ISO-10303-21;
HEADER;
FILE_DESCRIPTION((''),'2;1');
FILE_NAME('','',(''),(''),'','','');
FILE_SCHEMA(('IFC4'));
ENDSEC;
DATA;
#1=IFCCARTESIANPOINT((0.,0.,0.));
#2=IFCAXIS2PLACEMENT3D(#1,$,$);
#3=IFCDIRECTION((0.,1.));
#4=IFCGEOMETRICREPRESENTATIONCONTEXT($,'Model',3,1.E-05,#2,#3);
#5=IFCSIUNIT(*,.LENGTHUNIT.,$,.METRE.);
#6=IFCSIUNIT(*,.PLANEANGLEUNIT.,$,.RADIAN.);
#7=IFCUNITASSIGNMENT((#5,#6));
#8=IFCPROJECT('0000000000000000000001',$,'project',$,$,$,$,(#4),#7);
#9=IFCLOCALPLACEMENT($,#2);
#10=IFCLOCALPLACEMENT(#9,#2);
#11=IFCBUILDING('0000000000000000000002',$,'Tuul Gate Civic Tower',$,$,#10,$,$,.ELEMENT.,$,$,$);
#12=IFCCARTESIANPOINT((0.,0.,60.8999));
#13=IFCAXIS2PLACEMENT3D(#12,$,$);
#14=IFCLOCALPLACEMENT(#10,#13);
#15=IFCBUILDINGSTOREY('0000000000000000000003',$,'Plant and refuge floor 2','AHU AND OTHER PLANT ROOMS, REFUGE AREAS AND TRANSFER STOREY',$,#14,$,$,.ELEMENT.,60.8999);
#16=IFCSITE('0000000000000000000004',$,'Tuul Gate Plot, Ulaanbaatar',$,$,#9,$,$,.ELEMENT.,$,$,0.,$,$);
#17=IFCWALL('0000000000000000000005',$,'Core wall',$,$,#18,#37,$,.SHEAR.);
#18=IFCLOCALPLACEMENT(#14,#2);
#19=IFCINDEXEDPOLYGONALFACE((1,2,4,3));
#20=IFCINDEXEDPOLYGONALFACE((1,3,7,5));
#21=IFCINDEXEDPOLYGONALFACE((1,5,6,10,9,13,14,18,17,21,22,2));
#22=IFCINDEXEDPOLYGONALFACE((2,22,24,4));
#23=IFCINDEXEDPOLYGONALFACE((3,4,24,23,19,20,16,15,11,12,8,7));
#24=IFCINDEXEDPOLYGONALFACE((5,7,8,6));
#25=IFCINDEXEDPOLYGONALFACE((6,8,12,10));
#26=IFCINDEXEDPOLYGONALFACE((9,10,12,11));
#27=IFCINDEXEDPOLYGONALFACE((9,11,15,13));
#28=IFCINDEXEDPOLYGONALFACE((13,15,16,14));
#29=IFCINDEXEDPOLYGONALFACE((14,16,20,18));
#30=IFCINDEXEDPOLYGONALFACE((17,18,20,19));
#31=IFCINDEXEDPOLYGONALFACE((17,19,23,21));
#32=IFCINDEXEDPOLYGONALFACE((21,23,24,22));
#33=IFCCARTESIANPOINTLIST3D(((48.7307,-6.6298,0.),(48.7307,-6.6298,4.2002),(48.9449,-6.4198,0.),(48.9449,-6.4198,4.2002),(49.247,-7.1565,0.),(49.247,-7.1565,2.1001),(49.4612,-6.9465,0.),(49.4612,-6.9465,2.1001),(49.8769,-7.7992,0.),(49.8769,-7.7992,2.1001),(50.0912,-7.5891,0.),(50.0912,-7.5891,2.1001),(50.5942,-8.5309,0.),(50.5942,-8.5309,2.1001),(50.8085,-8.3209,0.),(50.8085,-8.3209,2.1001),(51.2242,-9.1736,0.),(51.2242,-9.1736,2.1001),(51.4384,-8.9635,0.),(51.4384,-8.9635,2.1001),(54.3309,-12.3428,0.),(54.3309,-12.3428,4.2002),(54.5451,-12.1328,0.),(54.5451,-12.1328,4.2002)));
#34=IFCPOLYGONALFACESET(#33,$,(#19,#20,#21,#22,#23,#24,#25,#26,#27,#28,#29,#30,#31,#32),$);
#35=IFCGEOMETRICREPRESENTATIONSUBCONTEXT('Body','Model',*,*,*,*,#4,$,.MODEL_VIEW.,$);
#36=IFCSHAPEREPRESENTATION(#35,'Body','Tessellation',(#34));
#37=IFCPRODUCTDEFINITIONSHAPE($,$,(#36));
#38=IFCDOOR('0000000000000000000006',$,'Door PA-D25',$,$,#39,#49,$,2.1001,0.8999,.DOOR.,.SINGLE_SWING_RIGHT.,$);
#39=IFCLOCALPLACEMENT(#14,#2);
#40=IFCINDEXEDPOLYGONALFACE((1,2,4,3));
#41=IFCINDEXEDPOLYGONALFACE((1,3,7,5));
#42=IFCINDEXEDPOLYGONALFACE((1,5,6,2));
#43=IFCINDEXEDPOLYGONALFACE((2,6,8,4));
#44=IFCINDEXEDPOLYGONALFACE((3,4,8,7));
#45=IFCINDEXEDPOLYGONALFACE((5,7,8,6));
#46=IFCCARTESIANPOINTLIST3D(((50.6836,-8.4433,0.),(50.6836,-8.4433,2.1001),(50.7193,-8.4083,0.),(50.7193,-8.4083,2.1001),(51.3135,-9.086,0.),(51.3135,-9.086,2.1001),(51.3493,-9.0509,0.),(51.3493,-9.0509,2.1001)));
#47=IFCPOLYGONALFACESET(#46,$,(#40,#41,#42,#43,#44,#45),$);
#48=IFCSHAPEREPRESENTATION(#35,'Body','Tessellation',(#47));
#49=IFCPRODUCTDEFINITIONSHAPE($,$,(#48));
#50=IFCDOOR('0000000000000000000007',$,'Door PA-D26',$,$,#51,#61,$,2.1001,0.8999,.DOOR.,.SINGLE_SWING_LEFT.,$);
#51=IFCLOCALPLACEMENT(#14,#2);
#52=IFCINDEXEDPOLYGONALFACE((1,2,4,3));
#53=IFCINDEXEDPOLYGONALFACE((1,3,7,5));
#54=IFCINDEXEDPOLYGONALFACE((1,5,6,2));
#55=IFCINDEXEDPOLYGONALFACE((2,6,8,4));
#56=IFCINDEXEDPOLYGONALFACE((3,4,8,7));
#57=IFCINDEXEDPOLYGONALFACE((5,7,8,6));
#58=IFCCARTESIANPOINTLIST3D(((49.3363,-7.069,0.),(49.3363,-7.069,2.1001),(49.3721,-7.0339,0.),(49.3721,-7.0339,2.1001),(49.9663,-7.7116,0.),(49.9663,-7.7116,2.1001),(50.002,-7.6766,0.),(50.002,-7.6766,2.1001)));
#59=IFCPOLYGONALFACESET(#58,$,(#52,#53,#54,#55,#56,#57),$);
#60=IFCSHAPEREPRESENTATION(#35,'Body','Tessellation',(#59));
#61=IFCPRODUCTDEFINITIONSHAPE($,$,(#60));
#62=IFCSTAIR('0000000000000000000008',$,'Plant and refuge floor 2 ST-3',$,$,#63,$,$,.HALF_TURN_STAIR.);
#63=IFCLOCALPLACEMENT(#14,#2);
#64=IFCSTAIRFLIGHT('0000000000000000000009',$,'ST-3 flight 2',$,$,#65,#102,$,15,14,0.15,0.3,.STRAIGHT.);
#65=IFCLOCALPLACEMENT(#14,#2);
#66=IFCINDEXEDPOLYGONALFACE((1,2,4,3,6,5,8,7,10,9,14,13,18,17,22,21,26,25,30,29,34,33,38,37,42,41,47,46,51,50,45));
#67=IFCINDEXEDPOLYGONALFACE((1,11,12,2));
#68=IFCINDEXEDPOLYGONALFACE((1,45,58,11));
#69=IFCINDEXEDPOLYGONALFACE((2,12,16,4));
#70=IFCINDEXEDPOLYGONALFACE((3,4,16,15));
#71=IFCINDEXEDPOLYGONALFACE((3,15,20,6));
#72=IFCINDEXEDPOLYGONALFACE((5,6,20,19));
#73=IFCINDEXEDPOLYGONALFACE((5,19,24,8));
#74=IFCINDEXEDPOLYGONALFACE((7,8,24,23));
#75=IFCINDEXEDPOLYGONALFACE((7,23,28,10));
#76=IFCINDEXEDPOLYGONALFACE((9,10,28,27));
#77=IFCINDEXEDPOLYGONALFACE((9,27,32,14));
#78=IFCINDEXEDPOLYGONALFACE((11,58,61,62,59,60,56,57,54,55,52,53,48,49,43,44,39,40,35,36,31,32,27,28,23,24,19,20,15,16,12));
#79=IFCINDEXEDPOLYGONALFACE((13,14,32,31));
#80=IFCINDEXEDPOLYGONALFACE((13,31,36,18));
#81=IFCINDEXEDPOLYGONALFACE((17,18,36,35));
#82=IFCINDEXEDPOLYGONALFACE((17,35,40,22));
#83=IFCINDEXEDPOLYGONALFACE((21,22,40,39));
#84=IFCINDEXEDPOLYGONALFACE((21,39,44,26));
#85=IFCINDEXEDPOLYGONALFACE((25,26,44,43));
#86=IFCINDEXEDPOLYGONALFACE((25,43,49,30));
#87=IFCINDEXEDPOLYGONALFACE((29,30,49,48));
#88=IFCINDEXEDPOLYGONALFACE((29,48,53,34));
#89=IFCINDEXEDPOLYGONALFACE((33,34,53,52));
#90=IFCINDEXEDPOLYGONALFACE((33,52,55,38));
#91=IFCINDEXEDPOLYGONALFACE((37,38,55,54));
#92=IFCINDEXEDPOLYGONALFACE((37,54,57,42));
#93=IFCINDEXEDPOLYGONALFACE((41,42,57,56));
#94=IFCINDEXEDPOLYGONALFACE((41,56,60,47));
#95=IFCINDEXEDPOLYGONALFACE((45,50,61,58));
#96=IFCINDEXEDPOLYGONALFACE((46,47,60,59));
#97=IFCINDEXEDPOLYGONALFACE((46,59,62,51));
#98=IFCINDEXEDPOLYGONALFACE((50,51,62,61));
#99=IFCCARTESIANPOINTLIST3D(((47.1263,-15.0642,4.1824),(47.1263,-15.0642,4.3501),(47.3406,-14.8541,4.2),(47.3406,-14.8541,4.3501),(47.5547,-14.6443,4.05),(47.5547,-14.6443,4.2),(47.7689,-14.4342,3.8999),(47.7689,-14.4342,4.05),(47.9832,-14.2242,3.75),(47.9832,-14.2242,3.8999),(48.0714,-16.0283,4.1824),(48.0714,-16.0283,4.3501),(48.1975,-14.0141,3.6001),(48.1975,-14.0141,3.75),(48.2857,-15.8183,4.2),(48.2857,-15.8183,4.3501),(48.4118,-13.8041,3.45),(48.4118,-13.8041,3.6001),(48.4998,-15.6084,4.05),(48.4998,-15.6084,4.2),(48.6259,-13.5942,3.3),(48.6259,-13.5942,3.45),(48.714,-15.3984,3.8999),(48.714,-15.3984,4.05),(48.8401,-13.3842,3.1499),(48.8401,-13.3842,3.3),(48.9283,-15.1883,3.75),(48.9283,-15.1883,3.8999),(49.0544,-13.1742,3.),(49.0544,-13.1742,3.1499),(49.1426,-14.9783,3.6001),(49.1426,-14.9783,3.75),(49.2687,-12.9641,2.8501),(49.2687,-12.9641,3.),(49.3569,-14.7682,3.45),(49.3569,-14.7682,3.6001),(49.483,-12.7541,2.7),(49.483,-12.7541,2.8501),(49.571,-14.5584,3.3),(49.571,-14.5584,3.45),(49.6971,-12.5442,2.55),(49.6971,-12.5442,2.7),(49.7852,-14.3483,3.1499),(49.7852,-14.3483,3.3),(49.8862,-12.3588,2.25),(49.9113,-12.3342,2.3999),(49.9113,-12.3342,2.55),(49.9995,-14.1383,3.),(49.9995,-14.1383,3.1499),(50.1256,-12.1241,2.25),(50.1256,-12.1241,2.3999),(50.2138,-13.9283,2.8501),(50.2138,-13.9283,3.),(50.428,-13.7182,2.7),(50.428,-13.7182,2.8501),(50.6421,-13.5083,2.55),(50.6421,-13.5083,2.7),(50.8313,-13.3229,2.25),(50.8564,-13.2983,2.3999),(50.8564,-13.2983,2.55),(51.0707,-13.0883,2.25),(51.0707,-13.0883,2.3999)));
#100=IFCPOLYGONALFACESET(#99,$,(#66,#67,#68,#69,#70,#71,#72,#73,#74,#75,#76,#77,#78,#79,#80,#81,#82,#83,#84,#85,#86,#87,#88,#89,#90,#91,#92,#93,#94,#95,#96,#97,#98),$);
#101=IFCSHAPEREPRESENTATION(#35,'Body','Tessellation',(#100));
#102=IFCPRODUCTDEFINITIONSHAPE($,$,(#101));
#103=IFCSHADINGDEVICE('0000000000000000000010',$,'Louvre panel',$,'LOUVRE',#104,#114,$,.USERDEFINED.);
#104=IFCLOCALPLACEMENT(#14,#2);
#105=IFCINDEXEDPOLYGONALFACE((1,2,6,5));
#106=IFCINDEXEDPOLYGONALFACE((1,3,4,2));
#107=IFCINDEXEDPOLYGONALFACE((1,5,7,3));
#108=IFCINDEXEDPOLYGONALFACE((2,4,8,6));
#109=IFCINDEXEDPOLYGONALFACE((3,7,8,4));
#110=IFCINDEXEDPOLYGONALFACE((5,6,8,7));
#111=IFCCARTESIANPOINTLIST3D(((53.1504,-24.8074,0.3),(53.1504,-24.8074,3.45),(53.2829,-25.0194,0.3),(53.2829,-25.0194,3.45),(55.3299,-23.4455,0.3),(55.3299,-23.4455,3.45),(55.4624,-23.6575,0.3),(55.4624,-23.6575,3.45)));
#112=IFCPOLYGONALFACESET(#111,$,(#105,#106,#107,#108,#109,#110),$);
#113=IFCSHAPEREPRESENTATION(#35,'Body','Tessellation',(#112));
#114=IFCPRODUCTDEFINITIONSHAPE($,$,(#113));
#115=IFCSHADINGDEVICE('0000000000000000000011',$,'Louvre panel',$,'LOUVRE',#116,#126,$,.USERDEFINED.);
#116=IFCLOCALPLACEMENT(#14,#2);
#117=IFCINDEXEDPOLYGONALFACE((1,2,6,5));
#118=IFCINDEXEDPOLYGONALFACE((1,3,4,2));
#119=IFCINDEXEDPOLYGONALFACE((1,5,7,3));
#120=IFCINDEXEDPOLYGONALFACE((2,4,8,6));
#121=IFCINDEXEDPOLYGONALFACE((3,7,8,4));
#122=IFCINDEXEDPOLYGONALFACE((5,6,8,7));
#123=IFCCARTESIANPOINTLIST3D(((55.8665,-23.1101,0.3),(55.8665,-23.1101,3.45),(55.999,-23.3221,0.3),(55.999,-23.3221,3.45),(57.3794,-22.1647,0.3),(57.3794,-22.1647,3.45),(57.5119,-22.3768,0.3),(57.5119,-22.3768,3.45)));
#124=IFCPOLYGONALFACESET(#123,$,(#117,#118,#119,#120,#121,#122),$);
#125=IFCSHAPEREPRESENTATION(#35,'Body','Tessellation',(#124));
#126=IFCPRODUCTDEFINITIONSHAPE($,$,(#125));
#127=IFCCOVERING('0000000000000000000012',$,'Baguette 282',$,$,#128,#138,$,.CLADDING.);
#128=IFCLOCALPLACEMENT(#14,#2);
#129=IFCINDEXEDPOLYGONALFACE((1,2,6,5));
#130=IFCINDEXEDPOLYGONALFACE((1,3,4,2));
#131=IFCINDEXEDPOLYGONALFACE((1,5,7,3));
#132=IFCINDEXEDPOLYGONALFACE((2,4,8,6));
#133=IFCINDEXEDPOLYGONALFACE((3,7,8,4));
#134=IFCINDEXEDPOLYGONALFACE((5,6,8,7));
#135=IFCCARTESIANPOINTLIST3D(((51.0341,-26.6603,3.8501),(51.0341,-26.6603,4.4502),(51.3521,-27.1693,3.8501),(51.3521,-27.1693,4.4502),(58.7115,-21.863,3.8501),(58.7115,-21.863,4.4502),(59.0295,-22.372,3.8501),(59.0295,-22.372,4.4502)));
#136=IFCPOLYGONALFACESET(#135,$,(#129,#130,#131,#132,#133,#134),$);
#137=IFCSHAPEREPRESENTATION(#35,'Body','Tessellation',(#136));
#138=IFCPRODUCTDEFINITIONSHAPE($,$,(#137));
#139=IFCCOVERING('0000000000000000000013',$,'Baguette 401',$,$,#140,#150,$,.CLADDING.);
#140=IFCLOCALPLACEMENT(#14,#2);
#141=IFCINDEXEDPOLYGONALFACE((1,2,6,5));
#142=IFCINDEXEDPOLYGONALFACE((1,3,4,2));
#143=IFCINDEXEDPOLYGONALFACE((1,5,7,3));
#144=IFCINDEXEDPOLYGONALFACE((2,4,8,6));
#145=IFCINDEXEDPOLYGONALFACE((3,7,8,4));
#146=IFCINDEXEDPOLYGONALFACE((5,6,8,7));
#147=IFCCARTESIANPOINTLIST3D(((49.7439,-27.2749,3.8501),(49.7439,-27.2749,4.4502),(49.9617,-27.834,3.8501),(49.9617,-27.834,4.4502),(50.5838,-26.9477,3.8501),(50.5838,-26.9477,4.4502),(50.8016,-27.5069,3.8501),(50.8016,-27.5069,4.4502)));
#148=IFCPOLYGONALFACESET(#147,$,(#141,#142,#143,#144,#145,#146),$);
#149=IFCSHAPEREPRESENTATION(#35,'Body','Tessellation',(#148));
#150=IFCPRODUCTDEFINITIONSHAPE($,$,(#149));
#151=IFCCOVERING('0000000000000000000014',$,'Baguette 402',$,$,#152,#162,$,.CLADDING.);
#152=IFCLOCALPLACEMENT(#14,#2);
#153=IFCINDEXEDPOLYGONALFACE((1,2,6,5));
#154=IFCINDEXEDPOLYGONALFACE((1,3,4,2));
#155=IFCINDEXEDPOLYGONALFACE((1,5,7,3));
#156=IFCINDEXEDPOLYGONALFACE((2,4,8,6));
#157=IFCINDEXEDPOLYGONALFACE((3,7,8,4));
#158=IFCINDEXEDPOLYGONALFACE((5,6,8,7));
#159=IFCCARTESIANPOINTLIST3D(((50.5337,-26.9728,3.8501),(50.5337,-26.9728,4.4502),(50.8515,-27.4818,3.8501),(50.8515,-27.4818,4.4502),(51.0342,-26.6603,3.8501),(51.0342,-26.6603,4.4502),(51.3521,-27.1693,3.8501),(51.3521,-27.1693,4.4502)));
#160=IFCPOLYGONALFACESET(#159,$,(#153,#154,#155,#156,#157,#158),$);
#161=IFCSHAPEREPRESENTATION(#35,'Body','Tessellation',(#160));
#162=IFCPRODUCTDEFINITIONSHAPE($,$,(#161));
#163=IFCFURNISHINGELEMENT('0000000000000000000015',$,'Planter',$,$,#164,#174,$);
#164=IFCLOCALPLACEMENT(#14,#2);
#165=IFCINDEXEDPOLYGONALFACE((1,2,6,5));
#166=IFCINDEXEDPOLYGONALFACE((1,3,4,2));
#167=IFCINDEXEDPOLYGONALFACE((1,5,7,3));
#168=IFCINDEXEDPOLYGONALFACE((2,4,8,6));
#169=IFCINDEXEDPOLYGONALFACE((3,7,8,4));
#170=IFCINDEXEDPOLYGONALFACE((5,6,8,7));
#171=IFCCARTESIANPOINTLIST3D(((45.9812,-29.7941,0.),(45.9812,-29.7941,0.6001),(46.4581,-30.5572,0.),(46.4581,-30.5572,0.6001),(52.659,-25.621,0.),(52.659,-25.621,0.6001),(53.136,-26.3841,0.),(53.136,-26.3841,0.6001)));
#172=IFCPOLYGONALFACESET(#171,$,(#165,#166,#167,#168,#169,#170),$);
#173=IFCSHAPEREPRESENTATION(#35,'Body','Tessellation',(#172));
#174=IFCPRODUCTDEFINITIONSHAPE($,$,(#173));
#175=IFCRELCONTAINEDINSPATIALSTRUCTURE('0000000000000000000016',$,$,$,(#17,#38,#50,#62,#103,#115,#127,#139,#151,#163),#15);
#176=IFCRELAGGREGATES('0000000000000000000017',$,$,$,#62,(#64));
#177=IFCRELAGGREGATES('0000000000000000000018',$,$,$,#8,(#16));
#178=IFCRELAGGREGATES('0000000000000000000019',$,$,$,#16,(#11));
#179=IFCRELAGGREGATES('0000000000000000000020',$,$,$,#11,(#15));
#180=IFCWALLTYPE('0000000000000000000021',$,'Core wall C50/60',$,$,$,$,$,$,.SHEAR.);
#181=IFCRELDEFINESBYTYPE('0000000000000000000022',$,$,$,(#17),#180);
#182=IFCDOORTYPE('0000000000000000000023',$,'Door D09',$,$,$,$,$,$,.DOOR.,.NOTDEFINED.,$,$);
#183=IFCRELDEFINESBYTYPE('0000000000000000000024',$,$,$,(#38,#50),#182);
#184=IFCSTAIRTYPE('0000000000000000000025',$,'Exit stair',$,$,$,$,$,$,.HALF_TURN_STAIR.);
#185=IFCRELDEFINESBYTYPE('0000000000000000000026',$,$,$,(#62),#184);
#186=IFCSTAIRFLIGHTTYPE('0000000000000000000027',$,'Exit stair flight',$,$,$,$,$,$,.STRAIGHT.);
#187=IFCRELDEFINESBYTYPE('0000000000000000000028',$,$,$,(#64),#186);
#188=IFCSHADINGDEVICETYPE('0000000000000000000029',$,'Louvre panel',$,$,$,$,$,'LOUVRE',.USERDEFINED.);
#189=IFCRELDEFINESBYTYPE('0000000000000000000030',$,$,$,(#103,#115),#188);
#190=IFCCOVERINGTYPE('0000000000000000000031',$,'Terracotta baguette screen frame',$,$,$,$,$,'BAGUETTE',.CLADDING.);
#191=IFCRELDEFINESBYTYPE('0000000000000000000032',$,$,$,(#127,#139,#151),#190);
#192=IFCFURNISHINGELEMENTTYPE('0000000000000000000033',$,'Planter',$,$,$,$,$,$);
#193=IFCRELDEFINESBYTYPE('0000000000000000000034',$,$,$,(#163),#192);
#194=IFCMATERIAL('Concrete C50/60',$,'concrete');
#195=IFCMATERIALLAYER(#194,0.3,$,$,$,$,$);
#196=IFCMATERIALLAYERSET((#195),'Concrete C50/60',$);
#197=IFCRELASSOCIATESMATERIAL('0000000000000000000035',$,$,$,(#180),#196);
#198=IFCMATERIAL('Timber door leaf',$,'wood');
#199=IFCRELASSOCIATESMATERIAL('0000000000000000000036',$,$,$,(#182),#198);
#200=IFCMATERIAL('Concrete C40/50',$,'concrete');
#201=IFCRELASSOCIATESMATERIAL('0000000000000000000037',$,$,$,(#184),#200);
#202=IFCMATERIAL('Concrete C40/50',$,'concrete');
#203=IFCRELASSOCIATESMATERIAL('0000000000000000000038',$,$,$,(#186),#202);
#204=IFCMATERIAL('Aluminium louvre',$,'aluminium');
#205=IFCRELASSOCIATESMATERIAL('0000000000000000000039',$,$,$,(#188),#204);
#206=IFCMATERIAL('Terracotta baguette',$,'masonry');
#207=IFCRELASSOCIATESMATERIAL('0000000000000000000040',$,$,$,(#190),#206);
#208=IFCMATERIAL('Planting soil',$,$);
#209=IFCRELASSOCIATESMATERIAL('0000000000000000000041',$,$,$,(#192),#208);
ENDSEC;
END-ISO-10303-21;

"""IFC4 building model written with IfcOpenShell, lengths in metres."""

from ifc_helpers import new_model, si_unit, direction, frame, frame_2d, origin, origin_2d, place, context, subcontext, project, spatial, polyline, rectangle, outline, extrude, material, layer, layer_set, material_profile, profile_set, type_object, element, fill, aggregate, save


model = new_model("IFC4")

# Units and contexts
model_context = context("Model", 3, precision=1e-05, world=origin(), true_north=direction((0.0, 1.0)))
body_context = subcontext(model_context, "Body", "Model", "MODEL_VIEW")
ifc_project = project(units=[si_unit("LENGTHUNIT", "METRE"), si_unit("PLANEANGLEUNIT", "RADIAN")], contexts=[model_context])

# Site, building, storey
site_placement = place(None, origin())
site = spatial("IfcSite", under=ifc_project, at=site_placement, Name="Tuul Gate Plot, Ulaanbaatar", CompositionType="ELEMENT", RefElevation=0.0)
building_placement = place(site_placement, origin())
building = spatial("IfcBuilding", under=site, at=building_placement, Name="Tuul Gate Civic Tower", CompositionType="ELEMENT")
storey_placement = place(building_placement, frame((0.0, 0.0, 60.8999)))
storey = spatial("IfcBuildingStorey", under=building, at=storey_placement, Name="Plant and refuge floor 2", Description="AHU AND OTHER PLANT ROOMS, REFUGE AREAS AND TRANSFER STOREY", CompositionType="ELEMENT", Elevation=60.8999)

# Wall, openings, doors
ifc_material_1 = material(Name="Concrete C50/60", Category="concrete")
ifc_layer_1 = layer(ifc_material_1, 0.3)
ifc_layer_set_1 = layer_set([ifc_layer_1], Name="Concrete C50/60")
wall_type_1 = type_object("IfcWallType", Name="Core wall C50/60", PredefinedType="SHEAR", material=ifc_layer_set_1)
wall_1_placement = place(storey_placement, frame((54.438, -12.2378, 0.0), z_axis=(0.0, 0.0, 1.0), x_axis=(-0.700022, 0.714121, 0.0)))
wall_1 = element("IfcWall", 1, at=wall_1_placement, inside=storey, type_object=wall_type_1, Name="Core wall", PredefinedType="SHEAR", context=body_context, shape_type="SweptSolid", body=[
    extrude(rectangle(XDim=8.0, YDim=0.3, at=frame_2d((4.0, 0.0))), origin(), (0.0, 0.0, 1.0), 4.2002),
])
opening_1_placement = place(wall_1_placement, frame((4.438, 0.0, 0.0)))
opening_1 = element("IfcOpeningElement", 2, at=opening_1_placement, cuts=wall_1, PredefinedType="OPENING", context=body_context, shape_type="SweptSolid", body=[
    extrude(rectangle(XDim=0.8999, YDim=2.1001, at=frame_2d((0.45, 1.05))), frame((0.0, 0.1602, 0.0), z_axis=(0.0, -1.0, 0.0), x_axis=(1.0, 0.0, 0.0)), (0.0, 0.0, 1.0), 0.3201),
])
opening_2_placement = place(wall_1_placement, frame((6.3625, 0.0, 0.0)))
opening_2 = element("IfcOpeningElement", 3, at=opening_2_placement, cuts=wall_1, PredefinedType="OPENING", context=body_context, shape_type="SweptSolid", body=[
    extrude(rectangle(XDim=0.8999, YDim=2.1001, at=frame_2d((0.45, 1.05))), frame((0.0, 0.1602, 0.0), z_axis=(0.0, -1.0, 0.0), x_axis=(1.0, 0.0, 0.0)), (0.0, 0.0, 1.0), 0.3201),
])
ifc_material_2 = material(Name="Timber door leaf", Category="wood")
door_type_1 = type_object("IfcDoorType", Name="Door D09", OperationType="NOTDEFINED", PredefinedType="DOOR", material=ifc_material_2)
door_1_placement = place(opening_1_placement, origin())
door_1 = element("IfcDoor", 4, at=door_1_placement, inside=storey, type_object=door_type_1, Name="Door PA-D25", OperationType="SINGLE_SWING_RIGHT", OverallHeight=2.1001, OverallWidth=0.8999, PredefinedType="DOOR", context=body_context, shape_type="SweptSolid", body=[
    extrude(rectangle(XDim=0.8999, YDim=2.1001, at=frame_2d((0.45, 1.05))), frame((0.0, 0.0249, 0.0), z_axis=(0.0, -1.0, 0.0), x_axis=(1.0, 0.0, 0.0)), (0.0, 0.0, 1.0), 0.05),
])
fill(opening_1, door_1)
door_2_placement = place(opening_2_placement, origin())
door_2 = element("IfcDoor", 5, at=door_2_placement, inside=storey, type_object=door_type_1, Name="Door PA-D26", OperationType="SINGLE_SWING_LEFT", OverallHeight=2.1001, OverallWidth=0.8999, PredefinedType="DOOR", context=body_context, shape_type="SweptSolid", body=[
    extrude(rectangle(XDim=0.8999, YDim=2.1001, at=frame_2d((0.45, 1.05))), frame((0.0, 0.0249, 0.0), z_axis=(0.0, -1.0, 0.0), x_axis=(1.0, 0.0, 0.0)), (0.0, 0.0, 1.0), 0.05),
])
fill(opening_2, door_2)

# Stair, stair flight
ifc_material_3 = material(Name="Concrete C40/50", Category="concrete")
stair_type = type_object("IfcStairType", Name="Exit stair", PredefinedType="HALF_TURN_STAIR", material=ifc_material_3)
stair_placement = place(storey_placement, origin())
stair = element("IfcStair", 6, at=stair_placement, inside=storey, type_object=stair_type, Name="Plant and refuge floor 2 ST-3", PredefinedType="HALF_TURN_STAIR")
ifc_material_4 = material(Name="Concrete C40/50", Category="concrete")
stair_flight_type = type_object("IfcStairFlightType", Name="Exit stair flight", PredefinedType="STRAIGHT", material=ifc_material_4)
stair_flight_placement = place(storey_placement, frame((50.5981, -12.6062, 2.25), z_axis=(0.0, 0.0, 1.0), x_axis=(-0.714127, -0.700016, 0.0)))
stair_flight = element("IfcStairFlight", 7, at=stair_flight_placement, type_object=stair_flight_type, Name="ST-3 flight 2", NumberOfRisers=15, NumberOfTreads=14, PredefinedType="STRAIGHT", RiserHeight=0.15, TreadLength=0.3, context=body_context, shape_type="SweptSolid", body=[
    extrude(outline(polyline([(0.0, 0.0), (0.0, 0.1499), (0.3, 0.1499), (0.3, 0.3), (0.6001, 0.3), (0.6001, 0.45), (0.8999, 0.45), (0.8999, 0.6001), (1.2, 0.6001), (1.2, 0.75), (1.5, 0.75), (1.5, 0.8999), (1.8, 0.8999), (1.8, 1.05), (2.1001, 1.05), (2.1001, 1.2), (2.3999, 1.2), (2.3999, 1.3501), (2.7, 1.3501), (2.7, 1.5), (3.0, 1.5), (3.0, 1.6499), (3.3, 1.6499), (3.3, 1.8), (3.6001, 1.8), (3.6001, 1.95), (3.8999, 1.95), (3.8999, 2.1001), (4.2, 2.1001), (4.2, 2.25), (4.2, 1.9324), (0.3352, 0.0), (0.0, 0.0)])), frame((0.0, 0.675, 0.0), z_axis=(0.0, -1.0, 0.0), x_axis=(1.0, 0.0, 0.0)), (0.0, 0.0, 1.0), 1.3501),
])
aggregate(stair, [stair_flight])

# Shading devices
ifc_material_5 = material(Name="Aluminium louvre", Category="aluminium")
shading_device_type = type_object("IfcShadingDeviceType", Name="Louvre panel", ElementType="LOUVRE", PredefinedType="USERDEFINED", material=ifc_material_5)
shading_device_1_placement = place(storey_placement, frame((54.3064, -24.2324, 0.3), z_axis=(0.0, 0.0, 1.0), x_axis=(0.529912, -0.848053, 0.0)))
element("IfcShadingDevice", 8, at=shading_device_1_placement, inside=storey, type_object=shading_device_type, Name="Louvre panel", ObjectType="LOUVRE", PredefinedType="USERDEFINED", context=body_context, shape_type="SweptSolid", body=[
    extrude(rectangle(XDim=0.25, YDim=2.5701, at=origin_2d()), origin(), (0.0, 0.0, 1.0), 3.1499),
])
shading_device_2_placement = place(storey_placement, frame((56.6892, -22.7434, 0.3), z_axis=(0.0, 0.0, 1.0), x_axis=(0.529912, -0.848053, 0.0)))
element("IfcShadingDevice", 9, at=shading_device_2_placement, inside=storey, type_object=shading_device_type, Name="Louvre panel", ObjectType="LOUVRE", PredefinedType="USERDEFINED", context=body_context, shape_type="SweptSolid", body=[
    extrude(rectangle(XDim=0.25, YDim=1.7839, at=origin_2d()), origin(), (0.0, 0.0, 1.0), 3.1499),
])

# Coverings
ifc_material_6 = material(Name="Terracotta baguette", Category="masonry")
ifc_material_profile_1 = material_profile(ifc_material_6, rectangle(XDim=0.6001, YDim=0.6001, at=origin_2d()), Name="Terracotta baguette screen frame")
ifc_profile_set_1 = profile_set([ifc_material_profile_1], Name="Terracotta baguette")
covering_type = type_object("IfcCoveringType", Name="Terracotta baguette screen frame", ElementType="BAGUETTE", PredefinedType="CLADDING", material=ifc_profile_set_1)
covering_1_placement = place(storey_placement, frame((51.1931, -26.9148, 4.1501), z_axis=(0.848051, 0.529914, 0.0), x_axis=(-0.529914, 0.848051, 0.0)))
element("IfcCovering", 10, at=covering_1_placement, inside=storey, type_object=covering_type, Name="Baguette 282", PredefinedType="CLADDING", context=body_context, shape_type="SweptSolid", body=[
    extrude(rectangle(XDim=0.6001, YDim=0.6001, at=origin_2d()), origin(), (0.0, 0.0, 1.0), 9.053),
])
covering_2_placement = place(storey_placement, frame((49.8528, -27.5544, 4.1501), z_axis=(0.931801, 0.362969, 0.0), x_axis=(-0.362969, 0.931801, 0.0)))
element("IfcCovering", 11, at=covering_2_placement, inside=storey, type_object=covering_type, Name="Baguette 401", PredefinedType="CLADDING", context=body_context, shape_type="SweptSolid", body=[
    extrude(rectangle(XDim=0.6001, YDim=0.6001, at=origin_2d()), origin(), (0.0, 0.0, 1.0), 0.9014),
])
covering_3_placement = place(storey_placement, frame((50.6926, -27.2273, 4.1501), z_axis=(0.848231, 0.529627, 0.0), x_axis=(-0.529627, 0.848231, 0.0)))
element("IfcCovering", 12, at=covering_3_placement, inside=storey, type_object=covering_type, Name="Baguette 402", PredefinedType="CLADDING", context=body_context, shape_type="SweptSolid", body=[
    extrude(rectangle(XDim=0.6001, YDim=0.6001, at=origin_2d()), origin(), (0.0, 0.0, 1.0), 0.5901),
])

# Furnishing element
ifc_material_7 = material(Name="Planting soil")
furnishing_element_type = type_object("IfcFurnishingElementType", Name="Planter", material=ifc_material_7)
for number, where, z_axis, x_axis, name in (
    (13, (49.5586, -28.0891, 0.0), (0.0, 0.0, 1.0), (0.848029, 0.52995, 0.0), "Planter"),
):
    element("IfcFurnishingElement", number, at=place(storey_placement, frame(where, z_axis=z_axis, x_axis=x_axis)), inside=storey, type_object=furnishing_element_type, Name=name, context=body_context, shape_type="SweptSolid", body=[
        extrude(rectangle(XDim=7.8745, YDim=0.8999, at=origin_2d()), origin(), (0.0, 0.0, 1.0), 0.6001),
    ])

save(model, "model.ifc")
